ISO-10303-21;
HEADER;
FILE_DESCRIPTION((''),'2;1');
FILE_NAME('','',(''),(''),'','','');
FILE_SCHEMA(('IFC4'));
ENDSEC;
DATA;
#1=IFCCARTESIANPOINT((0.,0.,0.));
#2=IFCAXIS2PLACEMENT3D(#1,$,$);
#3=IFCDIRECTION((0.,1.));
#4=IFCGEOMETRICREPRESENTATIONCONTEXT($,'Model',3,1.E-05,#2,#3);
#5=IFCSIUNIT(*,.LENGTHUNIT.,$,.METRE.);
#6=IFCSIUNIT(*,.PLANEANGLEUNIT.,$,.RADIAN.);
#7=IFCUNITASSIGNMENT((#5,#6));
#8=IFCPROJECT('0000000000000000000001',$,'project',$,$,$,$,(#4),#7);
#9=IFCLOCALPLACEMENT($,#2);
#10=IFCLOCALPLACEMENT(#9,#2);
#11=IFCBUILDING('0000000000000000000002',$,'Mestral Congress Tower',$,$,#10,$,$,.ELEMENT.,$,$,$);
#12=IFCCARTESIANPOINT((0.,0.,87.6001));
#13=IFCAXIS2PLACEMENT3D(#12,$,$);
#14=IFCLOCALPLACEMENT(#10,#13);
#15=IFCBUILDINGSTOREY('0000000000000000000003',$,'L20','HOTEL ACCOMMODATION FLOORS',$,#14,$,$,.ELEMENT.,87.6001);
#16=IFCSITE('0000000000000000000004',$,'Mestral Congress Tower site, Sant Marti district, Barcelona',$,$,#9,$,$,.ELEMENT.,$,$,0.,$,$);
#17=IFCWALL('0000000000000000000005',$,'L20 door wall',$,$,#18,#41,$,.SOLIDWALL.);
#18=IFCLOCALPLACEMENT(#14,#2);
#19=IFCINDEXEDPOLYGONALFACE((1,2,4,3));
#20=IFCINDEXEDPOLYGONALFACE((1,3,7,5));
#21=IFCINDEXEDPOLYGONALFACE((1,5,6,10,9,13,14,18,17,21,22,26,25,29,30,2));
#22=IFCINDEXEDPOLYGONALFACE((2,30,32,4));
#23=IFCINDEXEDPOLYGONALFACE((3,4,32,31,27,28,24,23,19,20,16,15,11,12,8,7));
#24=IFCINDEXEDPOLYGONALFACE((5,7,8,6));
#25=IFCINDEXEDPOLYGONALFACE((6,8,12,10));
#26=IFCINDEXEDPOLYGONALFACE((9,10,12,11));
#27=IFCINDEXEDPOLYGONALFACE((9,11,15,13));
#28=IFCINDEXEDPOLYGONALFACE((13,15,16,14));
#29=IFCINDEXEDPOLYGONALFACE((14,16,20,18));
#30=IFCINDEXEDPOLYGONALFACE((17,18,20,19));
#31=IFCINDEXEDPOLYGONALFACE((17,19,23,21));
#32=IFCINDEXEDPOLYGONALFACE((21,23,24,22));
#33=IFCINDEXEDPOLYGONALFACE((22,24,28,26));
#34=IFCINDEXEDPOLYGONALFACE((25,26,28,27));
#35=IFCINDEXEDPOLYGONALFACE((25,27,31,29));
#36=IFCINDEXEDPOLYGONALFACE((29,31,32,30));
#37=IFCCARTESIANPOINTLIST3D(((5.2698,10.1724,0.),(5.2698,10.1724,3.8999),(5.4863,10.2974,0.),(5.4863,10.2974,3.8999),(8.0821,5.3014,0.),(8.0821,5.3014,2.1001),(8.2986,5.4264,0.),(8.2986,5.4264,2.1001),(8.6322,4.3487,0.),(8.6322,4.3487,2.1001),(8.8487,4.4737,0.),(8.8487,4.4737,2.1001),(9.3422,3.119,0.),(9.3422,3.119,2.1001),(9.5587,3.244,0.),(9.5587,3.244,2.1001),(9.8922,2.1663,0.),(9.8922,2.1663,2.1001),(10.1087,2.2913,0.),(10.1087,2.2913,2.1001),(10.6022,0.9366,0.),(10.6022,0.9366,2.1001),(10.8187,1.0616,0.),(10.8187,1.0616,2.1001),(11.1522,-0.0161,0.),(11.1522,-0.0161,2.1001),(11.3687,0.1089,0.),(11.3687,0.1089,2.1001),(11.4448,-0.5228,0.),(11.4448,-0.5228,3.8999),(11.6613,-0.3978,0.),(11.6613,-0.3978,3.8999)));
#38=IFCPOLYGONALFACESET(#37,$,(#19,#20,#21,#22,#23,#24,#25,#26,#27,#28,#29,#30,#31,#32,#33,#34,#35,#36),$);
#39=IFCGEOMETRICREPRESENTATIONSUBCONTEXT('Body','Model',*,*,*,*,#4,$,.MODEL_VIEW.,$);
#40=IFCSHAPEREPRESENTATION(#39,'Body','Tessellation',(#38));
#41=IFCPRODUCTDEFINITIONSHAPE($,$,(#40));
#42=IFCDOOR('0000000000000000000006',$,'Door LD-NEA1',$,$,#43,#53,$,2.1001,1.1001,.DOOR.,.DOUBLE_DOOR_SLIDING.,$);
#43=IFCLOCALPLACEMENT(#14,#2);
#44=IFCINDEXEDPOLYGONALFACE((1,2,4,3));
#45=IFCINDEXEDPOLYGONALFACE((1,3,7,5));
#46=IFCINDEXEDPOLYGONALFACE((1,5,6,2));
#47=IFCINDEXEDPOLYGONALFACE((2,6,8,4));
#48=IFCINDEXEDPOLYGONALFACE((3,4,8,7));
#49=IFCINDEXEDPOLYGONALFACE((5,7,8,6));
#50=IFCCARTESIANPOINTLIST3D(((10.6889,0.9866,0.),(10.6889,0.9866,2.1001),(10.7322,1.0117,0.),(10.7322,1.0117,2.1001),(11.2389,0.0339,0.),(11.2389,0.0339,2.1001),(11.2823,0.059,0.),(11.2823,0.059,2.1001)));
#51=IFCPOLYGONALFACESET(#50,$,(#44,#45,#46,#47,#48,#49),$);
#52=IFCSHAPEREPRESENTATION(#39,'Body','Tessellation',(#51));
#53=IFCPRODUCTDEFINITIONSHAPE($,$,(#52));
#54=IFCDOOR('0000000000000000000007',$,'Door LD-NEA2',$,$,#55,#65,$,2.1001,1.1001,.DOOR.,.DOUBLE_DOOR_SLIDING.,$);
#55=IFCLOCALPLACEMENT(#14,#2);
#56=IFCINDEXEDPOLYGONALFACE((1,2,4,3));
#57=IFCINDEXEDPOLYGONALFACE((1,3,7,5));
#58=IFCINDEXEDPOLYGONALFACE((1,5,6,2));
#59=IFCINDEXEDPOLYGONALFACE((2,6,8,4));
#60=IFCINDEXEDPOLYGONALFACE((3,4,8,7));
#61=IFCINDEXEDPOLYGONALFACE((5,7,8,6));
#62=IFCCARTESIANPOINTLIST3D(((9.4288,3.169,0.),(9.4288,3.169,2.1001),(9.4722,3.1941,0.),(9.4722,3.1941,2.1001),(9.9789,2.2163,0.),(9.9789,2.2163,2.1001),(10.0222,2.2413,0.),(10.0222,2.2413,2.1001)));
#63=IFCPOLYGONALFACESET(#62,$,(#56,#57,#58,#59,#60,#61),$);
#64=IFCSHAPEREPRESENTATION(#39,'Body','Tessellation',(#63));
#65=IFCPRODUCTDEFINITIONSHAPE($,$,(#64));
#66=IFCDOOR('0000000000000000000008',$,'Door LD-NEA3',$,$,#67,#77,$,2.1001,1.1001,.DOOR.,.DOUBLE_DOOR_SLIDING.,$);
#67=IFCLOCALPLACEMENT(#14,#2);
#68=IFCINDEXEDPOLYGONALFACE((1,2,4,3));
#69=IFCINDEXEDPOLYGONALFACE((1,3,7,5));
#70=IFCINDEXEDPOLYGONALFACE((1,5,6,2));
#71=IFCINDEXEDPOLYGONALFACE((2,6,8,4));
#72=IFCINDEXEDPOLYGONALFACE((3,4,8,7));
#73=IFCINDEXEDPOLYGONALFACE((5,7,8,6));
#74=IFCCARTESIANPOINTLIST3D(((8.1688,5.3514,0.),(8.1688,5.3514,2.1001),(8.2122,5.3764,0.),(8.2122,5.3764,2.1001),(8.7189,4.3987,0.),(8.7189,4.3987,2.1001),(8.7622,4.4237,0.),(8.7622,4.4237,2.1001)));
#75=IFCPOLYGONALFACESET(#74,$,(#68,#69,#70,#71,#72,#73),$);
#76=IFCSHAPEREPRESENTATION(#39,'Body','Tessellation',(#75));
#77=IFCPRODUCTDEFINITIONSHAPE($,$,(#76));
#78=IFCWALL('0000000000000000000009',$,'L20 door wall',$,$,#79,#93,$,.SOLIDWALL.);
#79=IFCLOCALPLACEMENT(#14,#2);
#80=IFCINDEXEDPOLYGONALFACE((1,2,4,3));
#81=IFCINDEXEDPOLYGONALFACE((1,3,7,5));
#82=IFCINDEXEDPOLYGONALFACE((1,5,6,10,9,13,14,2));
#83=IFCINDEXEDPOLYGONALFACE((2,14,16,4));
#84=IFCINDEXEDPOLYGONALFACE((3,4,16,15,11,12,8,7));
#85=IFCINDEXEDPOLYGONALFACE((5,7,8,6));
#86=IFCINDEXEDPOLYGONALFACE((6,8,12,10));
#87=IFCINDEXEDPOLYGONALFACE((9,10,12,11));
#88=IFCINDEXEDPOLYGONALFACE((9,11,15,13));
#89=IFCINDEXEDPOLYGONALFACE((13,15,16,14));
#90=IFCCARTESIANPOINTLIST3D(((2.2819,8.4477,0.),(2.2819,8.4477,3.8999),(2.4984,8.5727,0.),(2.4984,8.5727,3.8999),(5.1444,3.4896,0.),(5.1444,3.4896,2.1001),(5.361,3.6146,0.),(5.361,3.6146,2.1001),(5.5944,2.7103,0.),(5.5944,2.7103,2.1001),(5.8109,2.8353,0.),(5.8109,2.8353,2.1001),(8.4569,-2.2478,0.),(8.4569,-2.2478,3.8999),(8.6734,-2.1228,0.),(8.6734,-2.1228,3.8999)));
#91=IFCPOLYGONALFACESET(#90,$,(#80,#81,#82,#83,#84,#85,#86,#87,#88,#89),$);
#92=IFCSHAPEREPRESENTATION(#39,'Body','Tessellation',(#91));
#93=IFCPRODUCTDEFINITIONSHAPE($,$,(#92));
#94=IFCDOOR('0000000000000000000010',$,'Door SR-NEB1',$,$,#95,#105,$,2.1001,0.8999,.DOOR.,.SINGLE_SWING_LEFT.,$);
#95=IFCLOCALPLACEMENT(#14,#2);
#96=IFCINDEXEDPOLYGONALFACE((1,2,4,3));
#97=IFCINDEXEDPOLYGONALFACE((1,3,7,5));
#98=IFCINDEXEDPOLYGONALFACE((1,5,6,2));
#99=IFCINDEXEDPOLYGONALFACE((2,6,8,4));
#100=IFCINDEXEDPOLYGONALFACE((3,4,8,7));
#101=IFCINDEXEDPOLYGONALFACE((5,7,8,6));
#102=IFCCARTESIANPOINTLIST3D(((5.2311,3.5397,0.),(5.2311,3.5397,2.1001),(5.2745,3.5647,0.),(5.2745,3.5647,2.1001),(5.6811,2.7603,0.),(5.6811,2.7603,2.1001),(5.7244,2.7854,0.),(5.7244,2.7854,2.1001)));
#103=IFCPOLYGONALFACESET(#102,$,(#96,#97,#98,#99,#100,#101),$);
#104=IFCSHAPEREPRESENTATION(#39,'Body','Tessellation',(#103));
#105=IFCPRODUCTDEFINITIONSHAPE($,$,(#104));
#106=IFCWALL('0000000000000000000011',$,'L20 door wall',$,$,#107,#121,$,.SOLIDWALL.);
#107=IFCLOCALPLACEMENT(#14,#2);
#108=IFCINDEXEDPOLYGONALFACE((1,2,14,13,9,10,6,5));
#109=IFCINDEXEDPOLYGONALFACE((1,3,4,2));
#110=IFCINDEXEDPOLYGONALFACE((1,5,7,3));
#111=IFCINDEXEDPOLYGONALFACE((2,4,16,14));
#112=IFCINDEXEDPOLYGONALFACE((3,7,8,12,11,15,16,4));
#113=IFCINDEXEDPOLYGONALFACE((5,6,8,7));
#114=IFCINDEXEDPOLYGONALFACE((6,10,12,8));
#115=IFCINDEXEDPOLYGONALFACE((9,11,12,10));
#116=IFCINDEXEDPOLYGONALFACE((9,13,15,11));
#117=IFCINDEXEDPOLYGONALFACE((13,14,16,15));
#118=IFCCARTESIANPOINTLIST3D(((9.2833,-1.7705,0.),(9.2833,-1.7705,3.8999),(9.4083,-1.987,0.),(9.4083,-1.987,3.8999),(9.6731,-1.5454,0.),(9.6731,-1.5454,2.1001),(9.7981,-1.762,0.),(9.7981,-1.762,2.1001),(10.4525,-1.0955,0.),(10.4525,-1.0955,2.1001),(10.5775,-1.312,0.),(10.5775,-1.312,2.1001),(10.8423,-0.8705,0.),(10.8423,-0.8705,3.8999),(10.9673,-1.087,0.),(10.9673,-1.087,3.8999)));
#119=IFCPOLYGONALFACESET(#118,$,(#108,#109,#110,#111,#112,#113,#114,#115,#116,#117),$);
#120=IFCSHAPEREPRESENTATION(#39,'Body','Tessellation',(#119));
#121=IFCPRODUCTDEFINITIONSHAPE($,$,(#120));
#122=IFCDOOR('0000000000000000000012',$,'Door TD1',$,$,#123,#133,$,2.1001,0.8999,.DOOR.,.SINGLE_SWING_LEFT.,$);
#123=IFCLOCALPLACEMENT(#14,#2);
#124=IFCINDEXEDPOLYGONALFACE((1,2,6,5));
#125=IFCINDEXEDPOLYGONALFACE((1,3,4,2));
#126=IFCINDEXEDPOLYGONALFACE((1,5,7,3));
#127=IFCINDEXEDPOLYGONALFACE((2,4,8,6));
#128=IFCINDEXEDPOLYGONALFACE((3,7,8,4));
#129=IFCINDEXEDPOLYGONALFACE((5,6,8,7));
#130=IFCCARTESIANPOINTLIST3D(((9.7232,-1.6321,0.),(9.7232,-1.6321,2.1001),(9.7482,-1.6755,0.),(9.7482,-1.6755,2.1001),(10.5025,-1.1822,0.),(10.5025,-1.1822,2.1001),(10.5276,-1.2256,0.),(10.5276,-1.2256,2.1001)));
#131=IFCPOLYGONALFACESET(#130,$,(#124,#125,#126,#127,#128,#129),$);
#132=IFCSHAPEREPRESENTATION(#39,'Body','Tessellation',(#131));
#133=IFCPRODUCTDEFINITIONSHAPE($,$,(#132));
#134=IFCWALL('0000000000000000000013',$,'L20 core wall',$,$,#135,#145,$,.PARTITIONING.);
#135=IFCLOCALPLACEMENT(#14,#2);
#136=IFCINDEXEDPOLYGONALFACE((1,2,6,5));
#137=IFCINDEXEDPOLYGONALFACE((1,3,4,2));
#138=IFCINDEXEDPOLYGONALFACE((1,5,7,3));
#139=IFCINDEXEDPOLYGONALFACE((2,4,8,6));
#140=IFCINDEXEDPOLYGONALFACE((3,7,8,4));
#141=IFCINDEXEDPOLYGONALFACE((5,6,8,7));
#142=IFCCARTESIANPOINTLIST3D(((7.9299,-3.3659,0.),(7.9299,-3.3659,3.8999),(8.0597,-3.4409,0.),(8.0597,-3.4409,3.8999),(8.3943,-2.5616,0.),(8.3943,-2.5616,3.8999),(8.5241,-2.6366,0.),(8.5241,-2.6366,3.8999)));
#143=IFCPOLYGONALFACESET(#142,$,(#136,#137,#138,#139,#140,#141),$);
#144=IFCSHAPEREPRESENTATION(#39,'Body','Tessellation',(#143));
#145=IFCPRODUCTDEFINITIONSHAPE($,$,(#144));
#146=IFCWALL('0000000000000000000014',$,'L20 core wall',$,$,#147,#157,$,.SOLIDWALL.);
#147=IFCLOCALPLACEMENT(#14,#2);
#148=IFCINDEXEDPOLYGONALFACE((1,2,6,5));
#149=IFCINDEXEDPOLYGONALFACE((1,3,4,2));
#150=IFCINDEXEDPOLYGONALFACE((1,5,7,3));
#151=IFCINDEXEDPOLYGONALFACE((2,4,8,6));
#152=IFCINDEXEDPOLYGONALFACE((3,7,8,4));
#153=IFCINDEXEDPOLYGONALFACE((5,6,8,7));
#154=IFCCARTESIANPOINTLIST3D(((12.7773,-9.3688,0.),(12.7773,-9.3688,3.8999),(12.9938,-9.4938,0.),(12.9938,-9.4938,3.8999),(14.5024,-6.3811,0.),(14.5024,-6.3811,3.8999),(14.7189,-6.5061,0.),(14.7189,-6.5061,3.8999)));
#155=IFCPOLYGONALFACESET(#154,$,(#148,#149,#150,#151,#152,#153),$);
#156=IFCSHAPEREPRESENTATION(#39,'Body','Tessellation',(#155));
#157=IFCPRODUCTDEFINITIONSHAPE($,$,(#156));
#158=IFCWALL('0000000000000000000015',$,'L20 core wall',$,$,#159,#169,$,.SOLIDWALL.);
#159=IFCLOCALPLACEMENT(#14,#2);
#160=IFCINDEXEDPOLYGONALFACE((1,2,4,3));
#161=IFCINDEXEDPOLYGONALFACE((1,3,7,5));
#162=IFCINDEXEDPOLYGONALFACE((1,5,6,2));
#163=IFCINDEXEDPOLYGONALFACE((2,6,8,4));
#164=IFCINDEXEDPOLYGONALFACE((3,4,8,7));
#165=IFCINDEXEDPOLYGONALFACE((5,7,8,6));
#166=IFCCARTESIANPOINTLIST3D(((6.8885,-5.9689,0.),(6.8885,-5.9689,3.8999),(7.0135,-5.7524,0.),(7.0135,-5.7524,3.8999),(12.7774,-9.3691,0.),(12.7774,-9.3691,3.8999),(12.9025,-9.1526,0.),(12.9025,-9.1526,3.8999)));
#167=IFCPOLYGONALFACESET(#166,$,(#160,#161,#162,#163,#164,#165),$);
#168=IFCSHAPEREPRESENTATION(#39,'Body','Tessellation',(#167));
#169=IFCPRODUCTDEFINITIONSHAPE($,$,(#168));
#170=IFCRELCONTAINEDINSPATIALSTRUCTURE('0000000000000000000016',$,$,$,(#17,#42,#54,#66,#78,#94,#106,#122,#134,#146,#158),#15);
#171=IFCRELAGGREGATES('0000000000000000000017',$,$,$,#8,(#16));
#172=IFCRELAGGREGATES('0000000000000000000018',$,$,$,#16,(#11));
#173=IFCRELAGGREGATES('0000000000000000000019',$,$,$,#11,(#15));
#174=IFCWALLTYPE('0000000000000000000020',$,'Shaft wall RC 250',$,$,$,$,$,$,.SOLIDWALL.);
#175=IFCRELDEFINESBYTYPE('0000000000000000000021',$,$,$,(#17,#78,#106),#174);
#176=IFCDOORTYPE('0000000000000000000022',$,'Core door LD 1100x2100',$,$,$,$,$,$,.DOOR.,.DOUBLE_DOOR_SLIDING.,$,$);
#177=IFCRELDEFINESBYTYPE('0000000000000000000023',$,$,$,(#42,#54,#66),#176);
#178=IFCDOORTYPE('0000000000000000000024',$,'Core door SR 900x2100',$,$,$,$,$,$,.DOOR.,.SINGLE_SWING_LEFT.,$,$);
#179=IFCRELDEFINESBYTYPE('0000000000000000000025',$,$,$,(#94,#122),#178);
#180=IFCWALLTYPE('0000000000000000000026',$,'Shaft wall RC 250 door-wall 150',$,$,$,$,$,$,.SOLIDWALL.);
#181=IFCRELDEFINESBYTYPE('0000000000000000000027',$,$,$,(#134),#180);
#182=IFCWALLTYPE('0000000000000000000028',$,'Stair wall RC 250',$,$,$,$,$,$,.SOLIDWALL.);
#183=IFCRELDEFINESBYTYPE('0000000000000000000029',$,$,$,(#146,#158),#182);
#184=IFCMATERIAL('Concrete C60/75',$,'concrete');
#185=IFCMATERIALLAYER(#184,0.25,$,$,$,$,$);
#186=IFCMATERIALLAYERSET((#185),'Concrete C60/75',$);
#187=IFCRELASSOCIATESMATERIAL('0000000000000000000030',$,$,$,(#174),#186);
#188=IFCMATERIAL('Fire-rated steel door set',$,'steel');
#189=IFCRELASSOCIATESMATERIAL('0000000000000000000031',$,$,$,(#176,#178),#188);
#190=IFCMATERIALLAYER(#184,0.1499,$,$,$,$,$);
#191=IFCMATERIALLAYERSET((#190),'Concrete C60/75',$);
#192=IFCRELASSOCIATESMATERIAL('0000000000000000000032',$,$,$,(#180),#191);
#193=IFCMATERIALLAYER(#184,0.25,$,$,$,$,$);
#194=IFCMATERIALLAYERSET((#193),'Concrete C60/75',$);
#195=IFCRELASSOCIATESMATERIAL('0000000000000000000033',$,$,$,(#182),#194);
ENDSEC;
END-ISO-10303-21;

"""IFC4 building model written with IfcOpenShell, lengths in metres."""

from ifc_helpers import new_model, si_unit, direction, frame, frame_2d, origin, place, context, subcontext, project, spatial, rectangle, extrude, material, layer, layer_set, type_object, element, fill, save


model = new_model("IFC4")

# Units and contexts
model_context = context("Model", 3, precision=1e-05, world=origin(), true_north=direction((0.0, 1.0)))
body_context = subcontext(model_context, "Body", "Model", "MODEL_VIEW")
ifc_project = project(units=[si_unit("LENGTHUNIT", "METRE"), si_unit("PLANEANGLEUNIT", "RADIAN")], contexts=[model_context])

# Site, building, storey
site_placement = place(None, origin())
site = spatial("IfcSite", under=ifc_project, at=site_placement, Name="Mestral Congress Tower site, Sant Marti district, Barcelona", CompositionType="ELEMENT", RefElevation=0.0)
building_placement = place(site_placement, origin())
building = spatial("IfcBuilding", under=site, at=building_placement, Name="Mestral Congress Tower", CompositionType="ELEMENT")
storey_placement = place(building_placement, frame((0.0, 0.0, 87.6001)))
storey = spatial("IfcBuildingStorey", under=building, at=storey_placement, Name="L20", Description="HOTEL ACCOMMODATION FLOORS", CompositionType="ELEMENT", Elevation=87.6001)

# Shared definitions
ifc_material_1 = material(Name="Fire-rated steel door set", Category="steel")

# Shared definitions
ifc_material_2 = material(Name="Concrete C60/75", Category="concrete")
ifc_layer_1 = layer(ifc_material_2, 0.25)
ifc_layer_set_1 = layer_set([ifc_layer_1], Name="Concrete C60/75")
wall_type_1 = type_object("IfcWallType", Name="Shaft wall RC 250", PredefinedType="SOLIDWALL", material=ifc_layer_set_1)

# Wall, openings, doors
wall_1_placement = place(storey_placement, frame((11.553, -0.4602, 0.0), z_axis=(0.0, 0.0, 1.0), x_axis=(-0.500007, 0.866022, 0.0)))
wall_1 = element("IfcWall", 1, at=wall_1_placement, inside=storey, type_object=wall_type_1, Name="L20 door wall", PredefinedType="SOLIDWALL", context=body_context, shape_type="SweptSolid", body=[
    extrude(rectangle(XDim=12.3499, YDim=0.25, at=frame_2d((6.1748, 0.0))), origin(), (0.0, 0.0, 1.0), 3.8999),
])
opening_1_placement = place(wall_1_placement, frame((0.585, 0.0, 0.0)))
opening_1 = element("IfcOpeningElement", 2, at=opening_1_placement, cuts=wall_1, PredefinedType="OPENING", context=body_context, shape_type="SweptSolid", body=[
    extrude(rectangle(XDim=1.1001, YDim=2.1001, at=frame_2d((0.55, 1.05))), frame((0.0, 0.135, 0.0), z_axis=(0.0, -1.0, 0.0), x_axis=(1.0, 0.0, 0.0)), (0.0, 0.0, 1.0), 0.27),
])
opening_2_placement = place(wall_1_placement, frame((3.105, 0.0, 0.0)))
opening_2 = element("IfcOpeningElement", 3, at=opening_2_placement, cuts=wall_1, PredefinedType="OPENING", context=body_context, shape_type="SweptSolid", body=[
    extrude(rectangle(XDim=1.1001, YDim=2.1001, at=frame_2d((0.55, 1.05))), frame((0.0, 0.135, 0.0), z_axis=(0.0, -1.0, 0.0), x_axis=(1.0, 0.0, 0.0)), (0.0, 0.0, 1.0), 0.27),
])
opening_3_placement = place(wall_1_placement, frame((5.625, 0.0, 0.0)))
opening_3 = element("IfcOpeningElement", 4, at=opening_3_placement, cuts=wall_1, PredefinedType="OPENING", context=body_context, shape_type="SweptSolid", body=[
    extrude(rectangle(XDim=1.1001, YDim=2.1001, at=frame_2d((0.55, 1.05))), frame((0.0, 0.135, 0.0), z_axis=(0.0, -1.0, 0.0), x_axis=(1.0, 0.0, 0.0)), (0.0, 0.0, 1.0), 0.27),
])
door_type_1 = type_object("IfcDoorType", Name="Core door LD 1100x2100", OperationType="DOUBLE_DOOR_SLIDING", PredefinedType="DOOR", material=ifc_material_1)
door_1_placement = place(opening_1_placement, origin())
door_1 = element("IfcDoor", 5, at=door_1_placement, inside=storey, type_object=door_type_1, Name="Door LD-NEA1", OperationType="DOUBLE_DOOR_SLIDING", OverallHeight=2.1001, OverallWidth=1.1001, PredefinedType="DOOR", context=body_context, shape_type="SweptSolid", body=[
    extrude(rectangle(XDim=1.1001, YDim=2.1001, at=frame_2d((0.55, 1.05))), frame((0.0, 0.0249, 0.0), z_axis=(0.0, -1.0, 0.0), x_axis=(1.0, 0.0, 0.0)), (0.0, 0.0, 1.0), 0.05),
])
fill(opening_1, door_1)
door_2_placement = place(opening_2_placement, origin())
door_2 = element("IfcDoor", 6, at=door_2_placement, inside=storey, type_object=door_type_1, Name="Door LD-NEA2", OperationType="DOUBLE_DOOR_SLIDING", OverallHeight=2.1001, OverallWidth=1.1001, PredefinedType="DOOR", context=body_context, shape_type="SweptSolid", body=[
    extrude(rectangle(XDim=1.1001, YDim=2.1001, at=frame_2d((0.55, 1.05))), frame((0.0, 0.0249, 0.0), z_axis=(0.0, -1.0, 0.0), x_axis=(1.0, 0.0, 0.0)), (0.0, 0.0, 1.0), 0.05),
])
fill(opening_2, door_2)
door_3_placement = place(opening_3_placement, origin())
door_3 = element("IfcDoor", 7, at=door_3_placement, inside=storey, type_object=door_type_1, Name="Door LD-NEA3", OperationType="DOUBLE_DOOR_SLIDING", OverallHeight=2.1001, OverallWidth=1.1001, PredefinedType="DOOR", context=body_context, shape_type="SweptSolid", body=[
    extrude(rectangle(XDim=1.1001, YDim=2.1001, at=frame_2d((0.55, 1.05))), frame((0.0, 0.0249, 0.0), z_axis=(0.0, -1.0, 0.0), x_axis=(1.0, 0.0, 0.0)), (0.0, 0.0, 1.0), 0.05),
])
fill(opening_3, door_3)

# Walls, openings, doors
wall_2_placement = place(storey_placement, frame((8.5652, -2.1853, 0.0), z_axis=(0.0, 0.0, 1.0), x_axis=(-0.499998, 0.866027, 0.0)))
wall_2 = element("IfcWall", 8, at=wall_2_placement, inside=storey, type_object=wall_type_1, Name="L20 door wall", PredefinedType="SOLIDWALL", context=body_context, shape_type="SweptSolid", body=[
    extrude(rectangle(XDim=12.3501, YDim=0.25, at=frame_2d((6.175, 0.0))), origin(), (0.0, 0.0, 1.0), 3.8999),
])
opening_4_placement = place(wall_2_placement, frame((5.7251, 0.0, 0.0)))
opening_4 = element("IfcOpeningElement", 9, at=opening_4_placement, cuts=wall_2, PredefinedType="OPENING", context=body_context, shape_type="SweptSolid", body=[
    extrude(rectangle(XDim=0.8999, YDim=2.1001, at=frame_2d((0.45, 1.05))), frame((0.0, 0.135, 0.0), z_axis=(0.0, -1.0, 0.0), x_axis=(1.0, 0.0, 0.0)), (0.0, 0.0, 1.0), 0.27),
])
door_type_2 = type_object("IfcDoorType", Name="Core door SR 900x2100", OperationType="SINGLE_SWING_LEFT", PredefinedType="DOOR", material=ifc_material_1)
door_4_placement = place(opening_4_placement, origin())
door_4 = element("IfcDoor", 10, at=door_4_placement, inside=storey, type_object=door_type_2, Name="Door SR-NEB1", OperationType="SINGLE_SWING_LEFT", OverallHeight=2.1001, OverallWidth=0.8999, PredefinedType="DOOR", context=body_context, shape_type="SweptSolid", body=[
    extrude(rectangle(XDim=0.8999, YDim=2.1001, at=frame_2d((0.45, 1.05))), frame((0.0, 0.0249, 0.0), z_axis=(0.0, -1.0, 0.0), x_axis=(1.0, 0.0, 0.0)), (0.0, 0.0, 1.0), 0.05),
])
fill(opening_4, door_4)
wall_3_placement = place(storey_placement, frame((9.3459, -1.8787, 0.0), z_axis=(0.0, 0.0, 1.0), x_axis=(0.866048, 0.499961, 0.0)))
wall_3 = element("IfcWall", 11, at=wall_3_placement, inside=storey, type_object=wall_type_1, Name="L20 door wall", PredefinedType="SOLIDWALL", context=body_context, shape_type="SweptSolid", body=[
    extrude(rectangle(XDim=1.8, YDim=0.25, at=frame_2d((0.8999, 0.0))), origin(), (0.0, 0.0, 1.0), 3.8999),
])
opening_5_placement = place(wall_3_placement, frame((0.45, 0.0, 0.0)))
opening_5 = element("IfcOpeningElement", 12, at=opening_5_placement, cuts=wall_3, PredefinedType="OPENING", context=body_context, shape_type="SweptSolid", body=[
    extrude(rectangle(XDim=0.8999, YDim=2.1001, at=frame_2d((0.45, 1.05))), frame((0.0, 0.135, 0.0), z_axis=(0.0, -1.0, 0.0), x_axis=(1.0, 0.0, 0.0)), (0.0, 0.0, 1.0), 0.27),
])
door_5_placement = place(opening_5_placement, origin())
door_5 = element("IfcDoor", 13, at=door_5_placement, inside=storey, type_object=door_type_2, Name="Door TD1", OperationType="SINGLE_SWING_LEFT", OverallHeight=2.1001, OverallWidth=0.8999, PredefinedType="DOOR", context=body_context, shape_type="SweptSolid", body=[
    extrude(rectangle(XDim=0.8999, YDim=2.1001, at=frame_2d((0.45, 1.05))), frame((0.0, 0.0249, 0.0), z_axis=(0.0, -1.0, 0.0), x_axis=(1.0, 0.0, 0.0)), (0.0, 0.0, 1.0), 0.05),
])
fill(opening_5, door_5)

# Walls
ifc_layer_2 = layer(ifc_material_2, 0.1499)
ifc_layer_set_2 = layer_set([ifc_layer_2], Name="Concrete C60/75")
wall_type_2 = type_object("IfcWallType", Name="Shaft wall RC 250 door-wall 150", PredefinedType="SOLIDWALL", material=ifc_layer_set_2)
wall_4_placement = place(storey_placement, frame((8.4592, -2.5991, 0.0), z_axis=(0.0, 0.0, 1.0), x_axis=(-0.500041, -0.866002, 0.0)))
element("IfcWall", 14, at=wall_4_placement, inside=storey, type_object=wall_type_2, Name="L20 core wall", PredefinedType="PARTITIONING", context=body_context, shape_type="SweptSolid", body=[
    extrude(rectangle(XDim=0.9287, YDim=0.1499, at=frame_2d((0.4644, 0.0))), origin(), (0.0, 0.0, 1.0), 3.8999),
])
ifc_layer_3 = layer(ifc_material_2, 0.25)
ifc_layer_set_3 = layer_set([ifc_layer_3], Name="Concrete C60/75")
wall_type_3 = type_object("IfcWallType", Name="Stair wall RC 250", PredefinedType="SOLIDWALL", material=ifc_layer_set_3)
wall_5_placement = place(storey_placement, frame((12.8855, -9.4314, 0.0), z_axis=(0.0, 0.0, 1.0), x_axis=(0.500021, 0.866014, 0.0)))
element("IfcWall", 15, at=wall_5_placement, inside=storey, type_object=wall_type_3, Name="L20 core wall", PredefinedType="SOLIDWALL", context=body_context, shape_type="SweptSolid", body=[
    extrude(rectangle(XDim=3.45, YDim=0.25, at=frame_2d((1.7251, 0.0))), origin(), (0.0, 0.0, 1.0), 3.8999),
])
wall_6_placement = place(storey_placement, frame((12.8398, -9.2607, 0.0), z_axis=(0.0, 0.0, 1.0), x_axis=(-0.866014, 0.50002, 0.0)))
element("IfcWall", 16, at=wall_6_placement, inside=storey, type_object=wall_type_3, Name="L20 core wall", PredefinedType="SOLIDWALL", context=body_context, shape_type="SweptSolid", body=[
    extrude(rectangle(XDim=6.8, YDim=0.25, at=frame_2d((3.3999, 0.0))), origin(), (0.0, 0.0, 1.0), 3.8999),
])

save(model, "model.ifc")
